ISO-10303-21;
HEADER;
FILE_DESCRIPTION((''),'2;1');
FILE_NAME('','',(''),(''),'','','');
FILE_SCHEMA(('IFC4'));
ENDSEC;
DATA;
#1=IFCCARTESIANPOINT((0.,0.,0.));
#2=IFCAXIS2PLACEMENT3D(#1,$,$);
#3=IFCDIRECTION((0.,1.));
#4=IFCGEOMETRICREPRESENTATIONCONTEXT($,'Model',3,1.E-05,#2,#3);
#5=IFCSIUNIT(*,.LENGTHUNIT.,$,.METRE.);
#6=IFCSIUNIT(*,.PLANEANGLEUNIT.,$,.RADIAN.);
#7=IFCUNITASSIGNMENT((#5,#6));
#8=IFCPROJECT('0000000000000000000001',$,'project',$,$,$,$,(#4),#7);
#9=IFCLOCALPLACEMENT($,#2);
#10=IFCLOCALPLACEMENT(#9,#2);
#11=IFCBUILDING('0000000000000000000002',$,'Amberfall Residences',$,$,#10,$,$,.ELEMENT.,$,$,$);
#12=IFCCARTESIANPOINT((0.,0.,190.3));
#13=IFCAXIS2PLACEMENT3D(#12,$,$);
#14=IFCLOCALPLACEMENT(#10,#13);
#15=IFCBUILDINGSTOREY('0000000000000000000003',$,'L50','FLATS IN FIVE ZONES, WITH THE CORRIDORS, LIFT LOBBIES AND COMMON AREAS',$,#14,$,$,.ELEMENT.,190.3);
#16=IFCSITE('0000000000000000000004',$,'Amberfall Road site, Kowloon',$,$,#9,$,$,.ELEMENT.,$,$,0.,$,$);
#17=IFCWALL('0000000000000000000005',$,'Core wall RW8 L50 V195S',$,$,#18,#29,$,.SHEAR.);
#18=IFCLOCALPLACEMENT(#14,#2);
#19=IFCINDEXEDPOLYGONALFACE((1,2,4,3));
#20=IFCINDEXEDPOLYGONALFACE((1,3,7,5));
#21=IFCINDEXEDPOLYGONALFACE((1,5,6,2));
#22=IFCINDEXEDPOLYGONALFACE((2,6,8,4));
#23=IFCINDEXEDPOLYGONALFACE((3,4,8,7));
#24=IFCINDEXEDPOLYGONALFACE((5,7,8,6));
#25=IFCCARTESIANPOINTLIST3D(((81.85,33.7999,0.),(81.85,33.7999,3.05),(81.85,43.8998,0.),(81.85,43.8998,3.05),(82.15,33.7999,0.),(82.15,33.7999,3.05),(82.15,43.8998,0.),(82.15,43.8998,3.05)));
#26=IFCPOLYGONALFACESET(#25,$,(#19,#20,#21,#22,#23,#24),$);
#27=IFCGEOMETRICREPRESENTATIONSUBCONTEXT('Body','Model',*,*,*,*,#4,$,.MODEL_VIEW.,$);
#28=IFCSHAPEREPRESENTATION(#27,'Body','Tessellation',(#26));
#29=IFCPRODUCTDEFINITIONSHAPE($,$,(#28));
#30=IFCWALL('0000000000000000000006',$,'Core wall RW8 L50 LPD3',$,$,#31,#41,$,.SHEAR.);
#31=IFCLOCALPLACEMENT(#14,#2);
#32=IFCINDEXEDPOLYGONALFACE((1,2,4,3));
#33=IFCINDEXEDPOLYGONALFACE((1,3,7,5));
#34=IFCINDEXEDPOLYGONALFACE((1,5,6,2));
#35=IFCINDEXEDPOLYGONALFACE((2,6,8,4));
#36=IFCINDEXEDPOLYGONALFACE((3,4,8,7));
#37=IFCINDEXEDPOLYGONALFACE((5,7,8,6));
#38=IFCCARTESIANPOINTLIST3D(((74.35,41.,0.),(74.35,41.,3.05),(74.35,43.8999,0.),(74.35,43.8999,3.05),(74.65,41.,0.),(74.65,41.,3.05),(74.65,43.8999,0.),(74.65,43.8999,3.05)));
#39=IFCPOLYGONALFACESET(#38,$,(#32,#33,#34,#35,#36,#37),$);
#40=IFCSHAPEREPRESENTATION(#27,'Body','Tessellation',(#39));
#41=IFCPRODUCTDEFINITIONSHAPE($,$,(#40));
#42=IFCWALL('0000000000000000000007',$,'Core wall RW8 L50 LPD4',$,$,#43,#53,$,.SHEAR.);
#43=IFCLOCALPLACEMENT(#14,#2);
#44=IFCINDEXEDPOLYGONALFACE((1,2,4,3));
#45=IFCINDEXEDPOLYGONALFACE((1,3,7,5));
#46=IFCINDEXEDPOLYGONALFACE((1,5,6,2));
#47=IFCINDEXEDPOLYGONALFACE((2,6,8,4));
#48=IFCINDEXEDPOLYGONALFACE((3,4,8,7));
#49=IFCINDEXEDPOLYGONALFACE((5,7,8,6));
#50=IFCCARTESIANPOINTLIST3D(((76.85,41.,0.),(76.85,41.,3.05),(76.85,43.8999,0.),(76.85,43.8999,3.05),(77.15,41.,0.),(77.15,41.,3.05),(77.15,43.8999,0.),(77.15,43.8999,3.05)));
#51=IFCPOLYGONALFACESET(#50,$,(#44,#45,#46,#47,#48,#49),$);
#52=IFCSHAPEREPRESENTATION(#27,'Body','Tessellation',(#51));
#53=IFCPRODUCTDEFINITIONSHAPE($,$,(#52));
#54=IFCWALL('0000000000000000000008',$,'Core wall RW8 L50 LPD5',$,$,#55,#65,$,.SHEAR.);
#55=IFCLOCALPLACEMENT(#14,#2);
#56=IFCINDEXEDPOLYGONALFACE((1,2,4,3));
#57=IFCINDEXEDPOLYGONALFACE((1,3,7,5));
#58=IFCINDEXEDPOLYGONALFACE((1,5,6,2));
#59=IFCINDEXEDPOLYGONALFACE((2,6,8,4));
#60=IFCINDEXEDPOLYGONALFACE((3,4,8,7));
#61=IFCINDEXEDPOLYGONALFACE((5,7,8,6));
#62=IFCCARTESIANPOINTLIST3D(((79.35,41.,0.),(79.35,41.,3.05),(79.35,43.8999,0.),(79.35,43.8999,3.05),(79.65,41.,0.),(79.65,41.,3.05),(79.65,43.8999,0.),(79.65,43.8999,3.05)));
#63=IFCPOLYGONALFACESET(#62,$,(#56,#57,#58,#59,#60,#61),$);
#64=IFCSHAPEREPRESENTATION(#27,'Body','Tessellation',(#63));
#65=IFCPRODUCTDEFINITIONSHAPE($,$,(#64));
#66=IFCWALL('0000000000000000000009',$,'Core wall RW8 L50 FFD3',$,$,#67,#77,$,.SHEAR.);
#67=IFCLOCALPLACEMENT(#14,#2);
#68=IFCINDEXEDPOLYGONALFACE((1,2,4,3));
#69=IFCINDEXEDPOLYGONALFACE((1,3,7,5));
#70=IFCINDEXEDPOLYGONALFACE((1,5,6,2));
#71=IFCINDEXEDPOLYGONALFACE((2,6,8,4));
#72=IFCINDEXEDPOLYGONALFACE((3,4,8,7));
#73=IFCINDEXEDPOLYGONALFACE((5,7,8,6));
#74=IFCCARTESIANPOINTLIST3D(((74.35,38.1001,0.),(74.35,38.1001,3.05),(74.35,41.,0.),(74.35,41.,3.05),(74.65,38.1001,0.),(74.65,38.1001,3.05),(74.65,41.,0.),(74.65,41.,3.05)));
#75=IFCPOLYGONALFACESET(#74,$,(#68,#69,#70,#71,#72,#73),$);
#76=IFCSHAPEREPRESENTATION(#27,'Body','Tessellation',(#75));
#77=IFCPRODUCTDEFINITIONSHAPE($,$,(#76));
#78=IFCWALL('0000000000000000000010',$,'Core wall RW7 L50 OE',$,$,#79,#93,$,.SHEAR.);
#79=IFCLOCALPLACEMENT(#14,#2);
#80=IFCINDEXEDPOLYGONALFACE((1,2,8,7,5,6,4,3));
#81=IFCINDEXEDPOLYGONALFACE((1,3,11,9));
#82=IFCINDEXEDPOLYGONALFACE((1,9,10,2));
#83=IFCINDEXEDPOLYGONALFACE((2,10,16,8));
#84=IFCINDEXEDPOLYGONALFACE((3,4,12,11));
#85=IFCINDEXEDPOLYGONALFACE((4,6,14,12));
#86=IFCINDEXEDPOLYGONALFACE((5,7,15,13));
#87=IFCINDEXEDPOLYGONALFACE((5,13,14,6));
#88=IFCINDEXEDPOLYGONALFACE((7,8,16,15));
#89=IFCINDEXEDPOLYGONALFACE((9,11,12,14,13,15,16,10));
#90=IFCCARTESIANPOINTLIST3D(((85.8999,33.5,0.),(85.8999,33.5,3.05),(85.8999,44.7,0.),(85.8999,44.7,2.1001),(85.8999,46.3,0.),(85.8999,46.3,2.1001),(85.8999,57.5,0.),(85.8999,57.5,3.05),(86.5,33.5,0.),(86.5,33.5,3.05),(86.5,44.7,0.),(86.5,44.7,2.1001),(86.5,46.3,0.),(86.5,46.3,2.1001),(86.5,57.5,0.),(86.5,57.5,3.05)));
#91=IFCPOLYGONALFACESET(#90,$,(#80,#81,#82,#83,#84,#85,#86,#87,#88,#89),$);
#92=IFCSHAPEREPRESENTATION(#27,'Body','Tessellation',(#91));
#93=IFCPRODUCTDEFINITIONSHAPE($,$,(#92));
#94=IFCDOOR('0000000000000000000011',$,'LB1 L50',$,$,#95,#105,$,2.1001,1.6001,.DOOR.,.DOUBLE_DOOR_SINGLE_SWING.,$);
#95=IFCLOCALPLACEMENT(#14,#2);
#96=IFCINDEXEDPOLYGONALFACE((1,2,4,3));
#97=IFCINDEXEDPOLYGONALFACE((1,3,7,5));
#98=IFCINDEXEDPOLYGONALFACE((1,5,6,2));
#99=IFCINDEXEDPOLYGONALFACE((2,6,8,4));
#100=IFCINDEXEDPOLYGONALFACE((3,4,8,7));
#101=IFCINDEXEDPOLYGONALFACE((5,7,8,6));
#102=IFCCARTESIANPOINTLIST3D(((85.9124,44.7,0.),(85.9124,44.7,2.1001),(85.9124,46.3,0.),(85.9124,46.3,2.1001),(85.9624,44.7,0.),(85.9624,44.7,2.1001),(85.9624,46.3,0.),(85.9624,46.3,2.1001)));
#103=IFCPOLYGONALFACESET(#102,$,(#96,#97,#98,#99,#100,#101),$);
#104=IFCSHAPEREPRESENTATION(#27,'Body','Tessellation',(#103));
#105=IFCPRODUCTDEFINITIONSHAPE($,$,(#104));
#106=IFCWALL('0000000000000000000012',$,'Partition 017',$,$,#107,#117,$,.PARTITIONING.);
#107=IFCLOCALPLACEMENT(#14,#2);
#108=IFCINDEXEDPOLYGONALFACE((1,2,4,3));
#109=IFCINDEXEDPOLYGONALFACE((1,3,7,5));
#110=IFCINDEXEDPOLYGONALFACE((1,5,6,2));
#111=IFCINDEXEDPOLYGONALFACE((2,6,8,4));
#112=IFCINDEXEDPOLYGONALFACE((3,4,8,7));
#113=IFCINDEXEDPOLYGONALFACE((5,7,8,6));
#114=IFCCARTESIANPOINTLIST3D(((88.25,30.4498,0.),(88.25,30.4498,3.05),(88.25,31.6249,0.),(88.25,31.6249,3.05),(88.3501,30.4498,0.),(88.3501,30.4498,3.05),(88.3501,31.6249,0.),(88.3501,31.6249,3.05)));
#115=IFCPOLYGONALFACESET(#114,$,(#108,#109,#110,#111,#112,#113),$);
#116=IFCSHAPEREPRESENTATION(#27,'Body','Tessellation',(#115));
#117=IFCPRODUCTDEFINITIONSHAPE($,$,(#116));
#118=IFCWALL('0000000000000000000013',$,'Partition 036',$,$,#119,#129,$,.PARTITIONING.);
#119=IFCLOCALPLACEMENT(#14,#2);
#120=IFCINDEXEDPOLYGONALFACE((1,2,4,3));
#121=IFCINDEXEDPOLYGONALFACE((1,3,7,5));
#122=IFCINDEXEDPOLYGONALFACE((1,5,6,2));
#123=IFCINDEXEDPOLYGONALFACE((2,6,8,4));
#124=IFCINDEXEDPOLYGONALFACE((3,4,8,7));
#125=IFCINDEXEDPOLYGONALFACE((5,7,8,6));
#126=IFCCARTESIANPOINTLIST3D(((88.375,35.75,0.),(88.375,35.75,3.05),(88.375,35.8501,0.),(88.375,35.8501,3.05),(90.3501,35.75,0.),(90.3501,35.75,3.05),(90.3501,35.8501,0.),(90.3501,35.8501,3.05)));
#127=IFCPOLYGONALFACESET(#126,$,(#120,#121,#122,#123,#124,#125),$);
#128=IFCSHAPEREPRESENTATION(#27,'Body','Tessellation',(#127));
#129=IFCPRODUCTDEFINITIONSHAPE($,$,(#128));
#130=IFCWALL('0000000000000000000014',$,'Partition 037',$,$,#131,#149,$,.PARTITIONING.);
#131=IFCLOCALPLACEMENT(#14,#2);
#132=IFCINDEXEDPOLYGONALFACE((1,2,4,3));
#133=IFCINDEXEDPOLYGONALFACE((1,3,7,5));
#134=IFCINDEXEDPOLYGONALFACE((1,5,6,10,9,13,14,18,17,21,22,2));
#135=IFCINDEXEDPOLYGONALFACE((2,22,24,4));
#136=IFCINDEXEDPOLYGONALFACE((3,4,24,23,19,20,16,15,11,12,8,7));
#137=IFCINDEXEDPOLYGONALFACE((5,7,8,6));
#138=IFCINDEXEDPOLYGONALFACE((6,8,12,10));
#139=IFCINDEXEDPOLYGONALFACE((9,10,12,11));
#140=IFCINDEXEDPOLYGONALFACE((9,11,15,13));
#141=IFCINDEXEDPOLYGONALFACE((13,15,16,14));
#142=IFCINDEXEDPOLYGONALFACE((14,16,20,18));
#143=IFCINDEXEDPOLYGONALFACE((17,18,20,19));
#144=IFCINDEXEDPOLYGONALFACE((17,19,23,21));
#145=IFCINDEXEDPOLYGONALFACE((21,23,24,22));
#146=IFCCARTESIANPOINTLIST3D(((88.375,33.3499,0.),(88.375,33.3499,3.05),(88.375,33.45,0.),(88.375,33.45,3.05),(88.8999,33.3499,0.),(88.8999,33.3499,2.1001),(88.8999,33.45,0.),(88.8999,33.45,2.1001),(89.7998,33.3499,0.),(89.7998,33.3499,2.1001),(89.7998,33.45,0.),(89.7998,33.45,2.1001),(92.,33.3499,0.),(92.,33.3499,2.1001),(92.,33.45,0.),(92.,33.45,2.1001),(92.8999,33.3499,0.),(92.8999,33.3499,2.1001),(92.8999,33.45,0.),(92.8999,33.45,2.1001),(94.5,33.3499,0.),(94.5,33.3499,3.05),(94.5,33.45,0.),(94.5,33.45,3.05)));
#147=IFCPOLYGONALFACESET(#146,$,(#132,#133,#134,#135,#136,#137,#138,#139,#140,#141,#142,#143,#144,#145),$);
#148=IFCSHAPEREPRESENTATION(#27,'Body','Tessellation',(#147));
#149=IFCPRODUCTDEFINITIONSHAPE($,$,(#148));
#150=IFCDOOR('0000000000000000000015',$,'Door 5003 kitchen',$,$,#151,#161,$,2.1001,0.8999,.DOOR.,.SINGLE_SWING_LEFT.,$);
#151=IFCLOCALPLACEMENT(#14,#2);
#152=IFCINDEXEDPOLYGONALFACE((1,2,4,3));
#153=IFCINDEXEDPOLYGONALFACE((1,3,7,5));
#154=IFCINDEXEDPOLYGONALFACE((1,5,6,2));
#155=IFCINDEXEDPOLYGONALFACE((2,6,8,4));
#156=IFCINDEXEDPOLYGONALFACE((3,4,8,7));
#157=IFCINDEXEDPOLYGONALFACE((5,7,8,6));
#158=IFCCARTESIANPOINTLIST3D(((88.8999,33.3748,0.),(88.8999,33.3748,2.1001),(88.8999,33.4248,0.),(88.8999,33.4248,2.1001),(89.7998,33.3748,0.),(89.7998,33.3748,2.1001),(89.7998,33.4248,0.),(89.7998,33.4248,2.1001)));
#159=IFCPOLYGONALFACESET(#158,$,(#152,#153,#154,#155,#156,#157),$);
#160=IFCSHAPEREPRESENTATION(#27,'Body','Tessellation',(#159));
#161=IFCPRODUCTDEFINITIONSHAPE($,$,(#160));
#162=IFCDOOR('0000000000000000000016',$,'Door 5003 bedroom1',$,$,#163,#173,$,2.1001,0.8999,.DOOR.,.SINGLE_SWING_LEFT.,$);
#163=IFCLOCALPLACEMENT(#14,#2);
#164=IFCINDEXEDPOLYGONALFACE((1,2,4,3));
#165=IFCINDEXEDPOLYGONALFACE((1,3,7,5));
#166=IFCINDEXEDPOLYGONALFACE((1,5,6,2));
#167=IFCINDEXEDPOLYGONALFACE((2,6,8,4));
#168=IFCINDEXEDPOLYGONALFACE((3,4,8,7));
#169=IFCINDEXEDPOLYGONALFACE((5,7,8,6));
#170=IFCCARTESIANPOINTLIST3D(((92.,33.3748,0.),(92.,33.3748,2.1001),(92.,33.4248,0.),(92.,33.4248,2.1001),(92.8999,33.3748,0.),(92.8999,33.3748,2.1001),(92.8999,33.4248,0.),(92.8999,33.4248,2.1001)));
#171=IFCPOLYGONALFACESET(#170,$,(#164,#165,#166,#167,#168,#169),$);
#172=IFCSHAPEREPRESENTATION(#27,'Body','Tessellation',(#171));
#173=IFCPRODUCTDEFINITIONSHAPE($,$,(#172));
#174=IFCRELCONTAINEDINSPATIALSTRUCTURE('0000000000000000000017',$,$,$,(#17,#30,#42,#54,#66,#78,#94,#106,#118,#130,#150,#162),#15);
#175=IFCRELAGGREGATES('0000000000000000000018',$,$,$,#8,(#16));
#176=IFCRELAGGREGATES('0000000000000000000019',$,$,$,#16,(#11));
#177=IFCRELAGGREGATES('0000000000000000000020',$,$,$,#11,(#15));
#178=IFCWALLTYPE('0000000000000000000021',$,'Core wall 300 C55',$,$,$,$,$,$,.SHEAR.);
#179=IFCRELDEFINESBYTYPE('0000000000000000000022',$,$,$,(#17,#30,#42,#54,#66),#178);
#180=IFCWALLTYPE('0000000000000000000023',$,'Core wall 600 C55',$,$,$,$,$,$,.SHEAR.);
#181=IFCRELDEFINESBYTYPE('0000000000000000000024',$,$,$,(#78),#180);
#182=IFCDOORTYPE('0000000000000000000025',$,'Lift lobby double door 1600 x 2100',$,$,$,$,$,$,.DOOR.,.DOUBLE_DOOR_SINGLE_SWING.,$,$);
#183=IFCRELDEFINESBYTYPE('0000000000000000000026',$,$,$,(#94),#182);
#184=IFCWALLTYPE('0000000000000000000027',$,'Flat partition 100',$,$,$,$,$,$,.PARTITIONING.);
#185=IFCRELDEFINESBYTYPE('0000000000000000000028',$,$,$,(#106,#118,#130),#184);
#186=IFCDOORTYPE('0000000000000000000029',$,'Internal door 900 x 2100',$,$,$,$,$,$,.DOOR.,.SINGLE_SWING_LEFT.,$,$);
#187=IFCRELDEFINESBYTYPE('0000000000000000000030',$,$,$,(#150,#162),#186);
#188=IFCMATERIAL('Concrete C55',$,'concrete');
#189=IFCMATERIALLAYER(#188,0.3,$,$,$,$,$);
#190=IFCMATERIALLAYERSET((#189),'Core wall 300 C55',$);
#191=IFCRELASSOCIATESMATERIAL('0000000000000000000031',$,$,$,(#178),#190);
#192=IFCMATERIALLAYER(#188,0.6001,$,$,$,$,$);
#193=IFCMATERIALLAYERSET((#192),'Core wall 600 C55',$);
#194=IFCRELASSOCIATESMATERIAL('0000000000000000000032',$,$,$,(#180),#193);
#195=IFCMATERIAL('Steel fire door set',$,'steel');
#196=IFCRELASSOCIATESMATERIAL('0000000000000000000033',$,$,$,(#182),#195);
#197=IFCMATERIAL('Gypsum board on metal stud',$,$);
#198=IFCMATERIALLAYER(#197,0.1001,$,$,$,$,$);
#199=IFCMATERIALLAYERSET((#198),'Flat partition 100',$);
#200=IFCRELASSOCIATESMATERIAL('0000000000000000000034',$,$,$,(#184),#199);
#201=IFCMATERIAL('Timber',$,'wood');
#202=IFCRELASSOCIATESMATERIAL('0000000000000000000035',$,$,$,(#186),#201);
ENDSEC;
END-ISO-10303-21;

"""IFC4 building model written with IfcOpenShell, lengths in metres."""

from ifc_helpers import new_model, si_unit, direction, frame, frame_2d, origin, place, context, subcontext, project, spatial, rectangle, extrude, material, layer, layer_set, type_object, element, fill, save


model = new_model("IFC4")

# Units and contexts
model_context = context("Model", 3, precision=1e-05, world=origin(), true_north=direction((0.0, 1.0)))
body_context = subcontext(model_context, "Body", "Model", "MODEL_VIEW")
ifc_project = project(units=[si_unit("LENGTHUNIT", "METRE"), si_unit("PLANEANGLEUNIT", "RADIAN")], contexts=[model_context])

# Site, building, storey
site_placement = place(None, origin())
site = spatial("IfcSite", under=ifc_project, at=site_placement, Name="Amberfall Road site, Kowloon", CompositionType="ELEMENT", RefElevation=0.0)
building_placement = place(site_placement, origin())
building = spatial("IfcBuilding", under=site, at=building_placement, Name="Amberfall Residences", CompositionType="ELEMENT")
storey_placement = place(building_placement, frame((0.0, 0.0, 190.3)))
storey = spatial("IfcBuildingStorey", under=building, at=storey_placement, Name="L50", Description="FLATS IN FIVE ZONES, WITH THE CORRIDORS, LIFT LOBBIES AND COMMON AREAS", CompositionType="ELEMENT", Elevation=190.3)

# Walls
ifc_material_1 = material(Name="Concrete C55", Category="concrete")
ifc_layer_1 = layer(ifc_material_1, 0.3)
ifc_layer_set_1 = layer_set([ifc_layer_1], Name="Core wall 300 C55")
wall_type_1 = type_object("IfcWallType", Name="Core wall 300 C55", PredefinedType="SHEAR", material=ifc_layer_set_1)
wall_1_placement = place(storey_placement, frame((82.0, 33.8, 0.0), z_axis=(0.0, 0.0, 1.0), x_axis=(0.0, 1.0, 0.0)))
element("IfcWall", 1, at=wall_1_placement, inside=storey, type_object=wall_type_1, Name="Core wall RW8 L50 V195S", PredefinedType="SHEAR", context=body_context, shape_type="SweptSolid", body=[
    extrude(rectangle(XDim=10.0999, YDim=0.3, at=frame_2d((5.0498, 0.0))), origin(), (0.0, 0.0, 1.0), 3.05),
])
for number, where, z_axis, x_axis, name in (
    (2, (74.5, 41.0, 0.0), (0.0, 0.0, 1.0), (0.0, 1.0, 0.0), "Core wall RW8 L50 LPD3"),
    (3, (77.0, 41.0, 0.0), (0.0, 0.0, 1.0), (0.0, 1.0, 0.0), "Core wall RW8 L50 LPD4"),
    (4, (79.5, 41.0, 0.0), (0.0, 0.0, 1.0), (0.0, 1.0, 0.0), "Core wall RW8 L50 LPD5"),
    (5, (74.5, 38.1001, 0.0), (0.0, 0.0, 1.0), (0.0, 1.0, 0.0), "Core wall RW8 L50 FFD3"),
):
    element("IfcWall", number, at=place(storey_placement, frame(where, z_axis=z_axis, x_axis=x_axis)), inside=storey, type_object=wall_type_1, Name=name, PredefinedType="SHEAR", context=body_context, shape_type="SweptSolid", body=[
        extrude(rectangle(XDim=2.8999, YDim=0.3, at=frame_2d((1.45, 0.0))), origin(), (0.0, 0.0, 1.0), 3.05),
    ])

# Wall, opening, door
ifc_layer_2 = layer(ifc_material_1, 0.6001)
ifc_layer_set_2 = layer_set([ifc_layer_2], Name="Core wall 600 C55")
wall_type_2 = type_object("IfcWallType", Name="Core wall 600 C55", PredefinedType="SHEAR", material=ifc_layer_set_2)
wall_2_placement = place(storey_placement, frame((86.2, 33.5, 0.0), z_axis=(0.0, 0.0, 1.0), x_axis=(0.0, 1.0, 0.0)))
wall_2 = element("IfcWall", 6, at=wall_2_placement, inside=storey, type_object=wall_type_2, Name="Core wall RW7 L50 OE", PredefinedType="SHEAR", context=body_context, shape_type="SweptSolid", body=[
    extrude(rectangle(XDim=24.0, YDim=0.6001, at=frame_2d((12.0, 0.0))), origin(), (0.0, 0.0, 1.0), 3.05),
])
opening_1_placement = place(wall_2_placement, frame((11.2, 0.0, 0.0)))
opening_1 = element("IfcOpeningElement", 7, at=opening_1_placement, cuts=wall_2, PredefinedType="OPENING", context=body_context, shape_type="SweptSolid", body=[
    extrude(rectangle(XDim=1.6001, YDim=2.1001, at=frame_2d((0.8, 1.05))), frame((0.0, 0.3101, 0.0), z_axis=(0.0, -1.0, 0.0), x_axis=(1.0, 0.0, 0.0)), (0.0, 0.0, 1.0), 0.6201),
])
ifc_material_2 = material(Name="Steel fire door set", Category="steel")
door_type_1 = type_object("IfcDoorType", Name="Lift lobby double door 1600 x 2100", OperationType="DOUBLE_DOOR_SINGLE_SWING", PredefinedType="DOOR", material=ifc_material_2)
door_1_placement = place(opening_1_placement, origin())
door_1 = element("IfcDoor", 8, at=door_1_placement, inside=storey, type_object=door_type_1, Name="LB1 L50", OperationType="DOUBLE_DOOR_SINGLE_SWING", OverallHeight=2.1001, OverallWidth=1.6001, PredefinedType="DOOR", context=body_context, shape_type="SweptSolid", body=[
    extrude(rectangle(XDim=1.6001, YDim=2.1001, at=frame_2d((0.8, 1.05))), frame((0.0, 0.2876, 0.0), z_axis=(0.0, -1.0, 0.0), x_axis=(1.0, 0.0, 0.0)), (0.0, 0.0, 1.0), 0.05),
])
fill(opening_1, door_1)

# Walls
ifc_material_3 = material(Name="Gypsum board on metal stud")
ifc_layer_3 = layer(ifc_material_3, 0.1001)
ifc_layer_set_3 = layer_set([ifc_layer_3], Name="Flat partition 100")
wall_type_3 = type_object("IfcWallType", Name="Flat partition 100", PredefinedType="PARTITIONING", material=ifc_layer_set_3)
wall_3_placement = place(storey_placement, frame((88.3, 30.45, 0.0), z_axis=(0.0, 0.0, 1.0), x_axis=(0.0, 1.0, 0.0)))
element("IfcWall", 9, at=wall_3_placement, inside=storey, type_object=wall_type_3, Name="Partition 017", PredefinedType="PARTITIONING", context=body_context, shape_type="SweptSolid", body=[
    extrude(rectangle(XDim=1.175, YDim=0.1001, at=frame_2d((0.5874, 0.0))), origin(), (0.0, 0.0, 1.0), 3.05),
])
wall_4_placement = place(storey_placement, frame((88.375, 35.8, 0.0), z_axis=(0.0, 0.0, 1.0), x_axis=(1.0, 0.0, 0.0)))
element("IfcWall", 10, at=wall_4_placement, inside=storey, type_object=wall_type_3, Name="Partition 036", PredefinedType="PARTITIONING", context=body_context, shape_type="SweptSolid", body=[
    extrude(rectangle(XDim=1.9751, YDim=0.1001, at=frame_2d((0.9875, 0.0))), origin(), (0.0, 0.0, 1.0), 3.05),
])

# Wall, openings, doors
wall_5_placement = place(storey_placement, frame((88.375, 33.3999, 0.0), z_axis=(0.0, 0.0, 1.0), x_axis=(1.0, 0.0, 0.0)))
wall_5 = element("IfcWall", 11, at=wall_5_placement, inside=storey, type_object=wall_type_3, Name="Partition 037", PredefinedType="PARTITIONING", context=body_context, shape_type="SweptSolid", body=[
    extrude(rectangle(XDim=6.125, YDim=0.1001, at=frame_2d((3.0625, 0.0))), origin(), (0.0, 0.0, 1.0), 3.05),
])
opening_2_placement = place(wall_5_placement, frame((0.5249, 0.0, 0.0)))
opening_2 = element("IfcOpeningElement", 12, at=opening_2_placement, cuts=wall_5, PredefinedType="OPENING", context=body_context, shape_type="SweptSolid", body=[
    extrude(rectangle(XDim=0.8999, YDim=2.1001, at=frame_2d((0.45, 1.05))), frame((0.0, 0.0601, 0.0), z_axis=(0.0, -1.0, 0.0), x_axis=(1.0, 0.0, 0.0)), (0.0, 0.0, 1.0), 0.1201),
])
opening_3_placement = place(wall_5_placement, frame((3.625, 0.0, 0.0)))
opening_3 = element("IfcOpeningElement", 13, at=opening_3_placement, cuts=wall_5, PredefinedType="OPENING", context=body_context, shape_type="SweptSolid", body=[
    extrude(rectangle(XDim=0.8999, YDim=2.1001, at=frame_2d((0.45, 1.05))), frame((0.0, 0.0601, 0.0), z_axis=(0.0, -1.0, 0.0), x_axis=(1.0, 0.0, 0.0)), (0.0, 0.0, 1.0), 0.1201),
])
ifc_material_4 = material(Name="Timber", Category="wood")
door_type_2 = type_object("IfcDoorType", Name="Internal door 900 x 2100", OperationType="SINGLE_SWING_LEFT", PredefinedType="DOOR", material=ifc_material_4)
door_2_placement = place(opening_2_placement, origin())
door_2 = element("IfcDoor", 14, at=door_2_placement, inside=storey, type_object=door_type_2, Name="Door 5003 kitchen", OperationType="SINGLE_SWING_LEFT", OverallHeight=2.1001, OverallWidth=0.8999, PredefinedType="DOOR", context=body_context, shape_type="SweptSolid", body=[
    extrude(rectangle(XDim=0.8999, YDim=2.1001, at=frame_2d((0.45, 1.05))), frame((0.0, 0.0249, 0.0), z_axis=(0.0, -1.0, 0.0), x_axis=(1.0, 0.0, 0.0)), (0.0, 0.0, 1.0), 0.05),
])
fill(opening_2, door_2)
door_3_placement = place(opening_3_placement, origin())
door_3 = element("IfcDoor", 15, at=door_3_placement, inside=storey, type_object=door_type_2, Name="Door 5003 bedroom1", OperationType="SINGLE_SWING_LEFT", OverallHeight=2.1001, OverallWidth=0.8999, PredefinedType="DOOR", context=body_context, shape_type="SweptSolid", body=[
    extrude(rectangle(XDim=0.8999, YDim=2.1001, at=frame_2d((0.45, 1.05))), frame((0.0, 0.0249, 0.0), z_axis=(0.0, -1.0, 0.0), x_axis=(1.0, 0.0, 0.0)), (0.0, 0.0, 1.0), 0.05),
])
fill(opening_3, door_3)

save(model, "model.ifc")
